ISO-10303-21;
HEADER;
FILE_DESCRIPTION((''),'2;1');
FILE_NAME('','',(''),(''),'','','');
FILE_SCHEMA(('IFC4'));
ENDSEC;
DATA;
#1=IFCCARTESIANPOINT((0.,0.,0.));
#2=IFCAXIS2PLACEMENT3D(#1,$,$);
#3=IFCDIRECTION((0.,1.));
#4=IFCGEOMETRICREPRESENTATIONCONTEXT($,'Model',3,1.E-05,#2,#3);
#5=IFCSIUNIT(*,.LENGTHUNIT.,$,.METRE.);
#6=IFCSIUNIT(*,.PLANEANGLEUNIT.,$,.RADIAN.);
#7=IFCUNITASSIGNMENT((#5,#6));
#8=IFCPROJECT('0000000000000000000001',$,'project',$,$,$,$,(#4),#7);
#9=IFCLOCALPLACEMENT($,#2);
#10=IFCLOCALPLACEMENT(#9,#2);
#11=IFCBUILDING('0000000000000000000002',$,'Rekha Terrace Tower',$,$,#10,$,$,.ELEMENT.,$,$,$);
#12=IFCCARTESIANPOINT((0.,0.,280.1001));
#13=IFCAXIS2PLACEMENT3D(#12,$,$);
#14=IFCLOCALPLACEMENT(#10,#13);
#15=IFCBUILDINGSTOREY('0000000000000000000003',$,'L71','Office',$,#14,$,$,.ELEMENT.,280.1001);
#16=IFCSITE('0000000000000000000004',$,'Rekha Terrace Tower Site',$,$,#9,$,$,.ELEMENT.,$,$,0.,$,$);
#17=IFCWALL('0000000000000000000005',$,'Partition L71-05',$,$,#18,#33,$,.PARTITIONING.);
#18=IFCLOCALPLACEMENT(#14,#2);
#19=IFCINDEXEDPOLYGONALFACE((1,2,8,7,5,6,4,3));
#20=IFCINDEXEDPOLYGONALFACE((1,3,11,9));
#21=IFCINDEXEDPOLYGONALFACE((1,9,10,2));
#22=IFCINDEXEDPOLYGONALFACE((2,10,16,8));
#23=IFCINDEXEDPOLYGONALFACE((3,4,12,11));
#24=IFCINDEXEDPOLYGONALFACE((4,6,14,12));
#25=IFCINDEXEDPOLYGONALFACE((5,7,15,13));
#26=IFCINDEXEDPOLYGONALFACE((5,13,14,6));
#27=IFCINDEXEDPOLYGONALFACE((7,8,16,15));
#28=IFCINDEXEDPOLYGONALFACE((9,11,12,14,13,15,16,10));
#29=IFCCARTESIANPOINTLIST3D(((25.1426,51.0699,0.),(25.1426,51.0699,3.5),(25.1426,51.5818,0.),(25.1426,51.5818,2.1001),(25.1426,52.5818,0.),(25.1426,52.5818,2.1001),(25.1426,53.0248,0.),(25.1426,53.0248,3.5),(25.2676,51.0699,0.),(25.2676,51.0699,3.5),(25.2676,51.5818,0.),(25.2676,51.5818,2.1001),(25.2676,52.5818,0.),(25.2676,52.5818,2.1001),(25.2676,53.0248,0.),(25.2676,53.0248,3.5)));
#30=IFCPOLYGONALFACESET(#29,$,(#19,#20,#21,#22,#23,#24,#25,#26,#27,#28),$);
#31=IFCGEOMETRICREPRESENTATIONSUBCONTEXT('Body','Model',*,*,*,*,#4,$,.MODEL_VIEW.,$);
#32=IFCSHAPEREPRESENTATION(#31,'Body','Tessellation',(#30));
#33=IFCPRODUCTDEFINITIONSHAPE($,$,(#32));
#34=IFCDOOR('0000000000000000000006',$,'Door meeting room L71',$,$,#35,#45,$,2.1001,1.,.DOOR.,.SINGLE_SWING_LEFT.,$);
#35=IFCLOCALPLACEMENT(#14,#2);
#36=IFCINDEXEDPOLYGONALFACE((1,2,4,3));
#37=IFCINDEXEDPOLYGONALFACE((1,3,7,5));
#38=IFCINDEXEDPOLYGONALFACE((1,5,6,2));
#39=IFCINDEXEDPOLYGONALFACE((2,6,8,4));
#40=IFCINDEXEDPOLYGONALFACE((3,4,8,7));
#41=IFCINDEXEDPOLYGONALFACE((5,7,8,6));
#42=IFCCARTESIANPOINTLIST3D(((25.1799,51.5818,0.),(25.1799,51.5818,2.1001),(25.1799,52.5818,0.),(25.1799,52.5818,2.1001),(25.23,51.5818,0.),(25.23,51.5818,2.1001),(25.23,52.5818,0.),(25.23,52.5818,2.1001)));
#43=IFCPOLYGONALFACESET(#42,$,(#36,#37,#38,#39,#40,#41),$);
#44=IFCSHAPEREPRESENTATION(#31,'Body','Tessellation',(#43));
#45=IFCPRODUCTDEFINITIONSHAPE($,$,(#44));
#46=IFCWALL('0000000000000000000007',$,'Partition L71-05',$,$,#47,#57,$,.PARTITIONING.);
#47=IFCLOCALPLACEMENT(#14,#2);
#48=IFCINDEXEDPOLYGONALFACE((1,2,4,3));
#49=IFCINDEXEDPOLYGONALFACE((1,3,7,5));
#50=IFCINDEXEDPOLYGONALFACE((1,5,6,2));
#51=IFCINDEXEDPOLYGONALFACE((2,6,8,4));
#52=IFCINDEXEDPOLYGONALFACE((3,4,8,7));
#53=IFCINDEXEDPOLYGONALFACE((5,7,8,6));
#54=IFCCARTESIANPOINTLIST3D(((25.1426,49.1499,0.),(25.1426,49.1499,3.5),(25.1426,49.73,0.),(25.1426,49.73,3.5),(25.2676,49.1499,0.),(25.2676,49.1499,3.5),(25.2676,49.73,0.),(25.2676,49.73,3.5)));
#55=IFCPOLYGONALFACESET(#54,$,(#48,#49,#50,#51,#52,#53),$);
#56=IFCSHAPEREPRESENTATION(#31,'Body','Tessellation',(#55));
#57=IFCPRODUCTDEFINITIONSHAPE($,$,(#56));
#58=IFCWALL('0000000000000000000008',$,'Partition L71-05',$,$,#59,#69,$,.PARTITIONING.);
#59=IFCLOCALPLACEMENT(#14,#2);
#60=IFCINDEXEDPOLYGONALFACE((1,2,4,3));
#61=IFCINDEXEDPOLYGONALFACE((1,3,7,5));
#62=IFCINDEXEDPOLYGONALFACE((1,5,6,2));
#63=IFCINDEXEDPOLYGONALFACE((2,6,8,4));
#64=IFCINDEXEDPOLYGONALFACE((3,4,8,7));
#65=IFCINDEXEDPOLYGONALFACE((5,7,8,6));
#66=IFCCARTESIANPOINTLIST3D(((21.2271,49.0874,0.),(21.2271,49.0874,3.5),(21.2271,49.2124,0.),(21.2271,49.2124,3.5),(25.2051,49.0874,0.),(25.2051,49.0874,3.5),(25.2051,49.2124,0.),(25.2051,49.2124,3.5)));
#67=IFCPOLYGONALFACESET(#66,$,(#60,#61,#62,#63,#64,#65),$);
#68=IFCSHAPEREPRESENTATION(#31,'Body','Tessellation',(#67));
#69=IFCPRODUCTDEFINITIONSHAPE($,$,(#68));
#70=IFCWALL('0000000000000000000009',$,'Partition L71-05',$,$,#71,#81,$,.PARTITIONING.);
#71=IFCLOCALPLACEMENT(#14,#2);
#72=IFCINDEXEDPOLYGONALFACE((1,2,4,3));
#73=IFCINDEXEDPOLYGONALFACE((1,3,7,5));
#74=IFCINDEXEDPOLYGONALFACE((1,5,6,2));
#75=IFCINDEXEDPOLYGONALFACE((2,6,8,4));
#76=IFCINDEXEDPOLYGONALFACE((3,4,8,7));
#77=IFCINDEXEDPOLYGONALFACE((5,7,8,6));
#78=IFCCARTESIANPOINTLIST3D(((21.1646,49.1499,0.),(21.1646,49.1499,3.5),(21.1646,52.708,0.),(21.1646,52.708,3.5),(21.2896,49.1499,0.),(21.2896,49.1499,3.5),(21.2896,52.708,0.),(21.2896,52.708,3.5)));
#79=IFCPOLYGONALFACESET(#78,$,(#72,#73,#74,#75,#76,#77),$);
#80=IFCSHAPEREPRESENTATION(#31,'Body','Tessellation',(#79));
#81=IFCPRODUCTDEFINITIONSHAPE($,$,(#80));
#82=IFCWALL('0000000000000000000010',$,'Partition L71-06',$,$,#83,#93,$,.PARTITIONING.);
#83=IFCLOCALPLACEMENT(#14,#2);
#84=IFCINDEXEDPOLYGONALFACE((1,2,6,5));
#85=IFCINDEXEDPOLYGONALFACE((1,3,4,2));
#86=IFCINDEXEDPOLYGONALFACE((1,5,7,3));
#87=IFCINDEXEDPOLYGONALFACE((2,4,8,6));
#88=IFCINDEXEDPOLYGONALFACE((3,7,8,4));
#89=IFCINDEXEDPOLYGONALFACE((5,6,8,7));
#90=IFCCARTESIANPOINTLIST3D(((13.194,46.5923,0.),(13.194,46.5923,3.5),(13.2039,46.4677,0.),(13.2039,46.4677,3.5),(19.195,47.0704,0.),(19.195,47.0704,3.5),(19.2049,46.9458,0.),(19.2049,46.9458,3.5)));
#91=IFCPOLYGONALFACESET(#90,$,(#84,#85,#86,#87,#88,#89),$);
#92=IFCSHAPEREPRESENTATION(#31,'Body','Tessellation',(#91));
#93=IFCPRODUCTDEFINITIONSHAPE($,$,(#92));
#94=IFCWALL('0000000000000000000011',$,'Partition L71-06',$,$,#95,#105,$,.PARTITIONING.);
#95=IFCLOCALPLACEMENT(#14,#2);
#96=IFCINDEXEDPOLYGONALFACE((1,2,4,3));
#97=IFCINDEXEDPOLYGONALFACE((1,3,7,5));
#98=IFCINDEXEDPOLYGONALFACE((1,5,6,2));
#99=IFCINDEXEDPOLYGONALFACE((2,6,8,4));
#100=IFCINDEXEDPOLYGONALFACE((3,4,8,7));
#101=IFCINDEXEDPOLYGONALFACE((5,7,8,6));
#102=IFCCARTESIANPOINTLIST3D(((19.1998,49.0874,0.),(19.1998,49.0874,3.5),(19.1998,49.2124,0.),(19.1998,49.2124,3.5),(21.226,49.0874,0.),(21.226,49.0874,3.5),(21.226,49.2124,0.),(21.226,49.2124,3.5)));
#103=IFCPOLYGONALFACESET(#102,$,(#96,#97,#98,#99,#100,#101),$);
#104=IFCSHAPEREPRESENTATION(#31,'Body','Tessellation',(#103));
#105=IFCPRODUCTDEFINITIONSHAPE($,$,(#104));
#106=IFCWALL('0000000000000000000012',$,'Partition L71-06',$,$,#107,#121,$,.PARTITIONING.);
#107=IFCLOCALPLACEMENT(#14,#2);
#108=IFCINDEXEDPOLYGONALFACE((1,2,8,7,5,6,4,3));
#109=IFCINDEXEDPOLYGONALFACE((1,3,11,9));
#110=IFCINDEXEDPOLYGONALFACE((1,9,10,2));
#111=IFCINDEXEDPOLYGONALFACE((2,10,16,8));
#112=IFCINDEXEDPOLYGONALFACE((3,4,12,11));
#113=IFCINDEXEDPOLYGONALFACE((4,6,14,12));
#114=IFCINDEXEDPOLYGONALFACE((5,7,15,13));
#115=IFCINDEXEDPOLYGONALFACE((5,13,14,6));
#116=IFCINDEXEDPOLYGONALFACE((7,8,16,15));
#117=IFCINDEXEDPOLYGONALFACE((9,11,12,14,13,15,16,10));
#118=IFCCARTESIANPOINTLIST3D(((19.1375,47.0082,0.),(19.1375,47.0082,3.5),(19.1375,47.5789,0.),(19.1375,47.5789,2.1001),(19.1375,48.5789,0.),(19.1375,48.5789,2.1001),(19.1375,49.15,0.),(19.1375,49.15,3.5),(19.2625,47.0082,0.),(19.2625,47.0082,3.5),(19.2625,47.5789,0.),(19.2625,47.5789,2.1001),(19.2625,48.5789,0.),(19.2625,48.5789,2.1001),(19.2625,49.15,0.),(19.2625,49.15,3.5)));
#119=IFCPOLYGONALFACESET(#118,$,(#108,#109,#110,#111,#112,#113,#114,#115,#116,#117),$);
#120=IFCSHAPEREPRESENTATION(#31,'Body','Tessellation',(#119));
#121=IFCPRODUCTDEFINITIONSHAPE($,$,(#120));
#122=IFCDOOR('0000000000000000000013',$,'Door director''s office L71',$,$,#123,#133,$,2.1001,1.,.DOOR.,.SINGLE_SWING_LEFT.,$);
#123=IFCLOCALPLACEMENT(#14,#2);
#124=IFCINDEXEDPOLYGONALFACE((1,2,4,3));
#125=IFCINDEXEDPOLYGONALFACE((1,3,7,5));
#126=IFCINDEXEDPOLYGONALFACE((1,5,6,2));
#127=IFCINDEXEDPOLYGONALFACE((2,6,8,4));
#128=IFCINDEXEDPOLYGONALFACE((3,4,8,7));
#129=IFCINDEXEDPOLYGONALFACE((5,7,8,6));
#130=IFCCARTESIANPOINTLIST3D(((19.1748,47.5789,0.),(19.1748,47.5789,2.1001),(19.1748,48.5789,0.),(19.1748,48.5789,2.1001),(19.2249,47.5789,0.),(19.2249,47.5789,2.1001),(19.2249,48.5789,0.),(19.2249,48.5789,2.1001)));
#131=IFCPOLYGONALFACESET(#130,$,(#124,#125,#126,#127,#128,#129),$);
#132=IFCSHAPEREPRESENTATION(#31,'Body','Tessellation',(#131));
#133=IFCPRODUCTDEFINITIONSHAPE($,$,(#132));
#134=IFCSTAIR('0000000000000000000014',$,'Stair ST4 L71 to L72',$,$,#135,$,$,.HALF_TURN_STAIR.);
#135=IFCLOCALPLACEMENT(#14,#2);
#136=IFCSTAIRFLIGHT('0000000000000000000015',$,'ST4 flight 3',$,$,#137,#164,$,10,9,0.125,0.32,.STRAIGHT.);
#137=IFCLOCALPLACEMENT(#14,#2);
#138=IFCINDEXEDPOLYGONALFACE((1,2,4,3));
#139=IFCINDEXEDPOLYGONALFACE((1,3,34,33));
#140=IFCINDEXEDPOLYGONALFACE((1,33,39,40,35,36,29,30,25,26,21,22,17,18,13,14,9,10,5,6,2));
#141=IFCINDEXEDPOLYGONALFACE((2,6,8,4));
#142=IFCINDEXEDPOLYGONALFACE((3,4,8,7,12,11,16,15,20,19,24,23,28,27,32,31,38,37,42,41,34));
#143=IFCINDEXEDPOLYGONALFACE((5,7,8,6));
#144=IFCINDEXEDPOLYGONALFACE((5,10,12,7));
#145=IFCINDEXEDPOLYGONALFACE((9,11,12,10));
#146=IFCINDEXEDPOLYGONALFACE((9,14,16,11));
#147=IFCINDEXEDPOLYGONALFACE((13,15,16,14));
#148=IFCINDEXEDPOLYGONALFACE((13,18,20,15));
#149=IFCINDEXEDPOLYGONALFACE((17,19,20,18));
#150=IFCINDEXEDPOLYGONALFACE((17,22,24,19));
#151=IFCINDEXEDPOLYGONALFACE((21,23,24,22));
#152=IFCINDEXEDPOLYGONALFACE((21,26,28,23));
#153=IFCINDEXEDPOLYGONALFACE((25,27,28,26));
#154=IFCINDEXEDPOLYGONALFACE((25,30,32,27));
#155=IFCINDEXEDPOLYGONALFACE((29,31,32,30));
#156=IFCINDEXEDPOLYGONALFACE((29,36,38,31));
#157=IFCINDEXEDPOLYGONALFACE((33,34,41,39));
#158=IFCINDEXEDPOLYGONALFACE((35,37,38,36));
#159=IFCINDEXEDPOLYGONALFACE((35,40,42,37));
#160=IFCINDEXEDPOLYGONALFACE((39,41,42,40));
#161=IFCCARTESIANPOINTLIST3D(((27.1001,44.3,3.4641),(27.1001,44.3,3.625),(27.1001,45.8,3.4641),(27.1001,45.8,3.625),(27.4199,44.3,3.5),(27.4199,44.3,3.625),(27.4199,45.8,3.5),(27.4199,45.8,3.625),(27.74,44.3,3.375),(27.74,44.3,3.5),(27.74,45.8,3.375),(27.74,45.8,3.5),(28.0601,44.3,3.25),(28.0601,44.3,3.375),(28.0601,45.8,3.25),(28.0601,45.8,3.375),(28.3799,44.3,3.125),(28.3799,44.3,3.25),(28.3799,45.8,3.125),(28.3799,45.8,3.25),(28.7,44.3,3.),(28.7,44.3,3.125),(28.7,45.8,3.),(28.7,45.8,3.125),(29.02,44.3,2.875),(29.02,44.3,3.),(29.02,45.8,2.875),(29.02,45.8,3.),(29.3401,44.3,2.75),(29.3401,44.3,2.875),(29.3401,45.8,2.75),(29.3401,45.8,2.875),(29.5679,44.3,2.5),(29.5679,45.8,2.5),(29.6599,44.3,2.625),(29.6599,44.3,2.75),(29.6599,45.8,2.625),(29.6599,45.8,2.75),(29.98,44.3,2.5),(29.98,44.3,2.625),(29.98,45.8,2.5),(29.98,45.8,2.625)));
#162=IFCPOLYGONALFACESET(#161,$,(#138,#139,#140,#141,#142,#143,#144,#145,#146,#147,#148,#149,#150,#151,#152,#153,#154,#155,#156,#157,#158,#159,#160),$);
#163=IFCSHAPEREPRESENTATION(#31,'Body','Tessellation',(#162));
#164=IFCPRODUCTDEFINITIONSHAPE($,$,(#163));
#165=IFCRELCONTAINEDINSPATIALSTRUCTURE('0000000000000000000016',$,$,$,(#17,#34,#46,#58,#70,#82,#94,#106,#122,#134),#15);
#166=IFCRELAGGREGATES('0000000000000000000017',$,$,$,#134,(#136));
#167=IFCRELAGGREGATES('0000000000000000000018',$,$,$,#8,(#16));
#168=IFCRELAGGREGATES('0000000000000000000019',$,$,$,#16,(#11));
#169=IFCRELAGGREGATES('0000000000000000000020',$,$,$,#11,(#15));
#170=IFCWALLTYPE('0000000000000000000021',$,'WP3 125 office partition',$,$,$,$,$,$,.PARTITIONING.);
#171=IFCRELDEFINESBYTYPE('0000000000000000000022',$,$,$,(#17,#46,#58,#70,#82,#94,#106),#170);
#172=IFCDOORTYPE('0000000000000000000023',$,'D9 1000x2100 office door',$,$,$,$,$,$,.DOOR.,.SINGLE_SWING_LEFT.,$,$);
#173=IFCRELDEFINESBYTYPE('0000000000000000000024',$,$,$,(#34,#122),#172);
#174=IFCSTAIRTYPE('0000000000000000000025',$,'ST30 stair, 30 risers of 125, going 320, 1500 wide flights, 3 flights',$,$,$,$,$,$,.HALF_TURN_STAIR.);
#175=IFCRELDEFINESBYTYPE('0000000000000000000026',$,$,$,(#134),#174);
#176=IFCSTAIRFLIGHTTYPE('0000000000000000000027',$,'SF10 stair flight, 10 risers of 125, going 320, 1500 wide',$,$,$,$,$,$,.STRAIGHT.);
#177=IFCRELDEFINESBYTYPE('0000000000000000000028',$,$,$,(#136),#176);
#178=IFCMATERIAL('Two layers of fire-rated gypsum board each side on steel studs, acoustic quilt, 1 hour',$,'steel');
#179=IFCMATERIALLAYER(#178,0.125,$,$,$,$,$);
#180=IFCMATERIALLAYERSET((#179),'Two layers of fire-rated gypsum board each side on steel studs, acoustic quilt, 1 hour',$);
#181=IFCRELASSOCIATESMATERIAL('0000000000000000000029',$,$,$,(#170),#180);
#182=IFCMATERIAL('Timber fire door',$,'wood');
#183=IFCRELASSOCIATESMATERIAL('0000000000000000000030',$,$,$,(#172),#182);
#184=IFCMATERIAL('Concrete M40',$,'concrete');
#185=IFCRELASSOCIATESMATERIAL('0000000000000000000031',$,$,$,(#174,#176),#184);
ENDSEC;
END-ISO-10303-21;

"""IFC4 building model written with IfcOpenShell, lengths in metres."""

from ifc_helpers import new_model, si_unit, direction, frame, frame_2d, origin, place, context, subcontext, project, spatial, polyline, rectangle, outline, extrude, material, layer, layer_set, type_object, element, fill, aggregate, save


model = new_model("IFC4")

# Units and contexts
model_context = context("Model", 3, precision=1e-05, world=origin(), true_north=direction((0.0, 1.0)))
body_context = subcontext(model_context, "Body", "Model", "MODEL_VIEW")
ifc_project = project(units=[si_unit("LENGTHUNIT", "METRE"), si_unit("PLANEANGLEUNIT", "RADIAN")], contexts=[model_context])

# Site, building, storey
site_placement = place(None, origin())
site = spatial("IfcSite", under=ifc_project, at=site_placement, Name="Rekha Terrace Tower Site", CompositionType="ELEMENT", RefElevation=0.0)
building_placement = place(site_placement, origin())
building = spatial("IfcBuilding", under=site, at=building_placement, Name="Rekha Terrace Tower", CompositionType="ELEMENT")
storey_placement = place(building_placement, frame((0.0, 0.0, 280.1001)))
storey = spatial("IfcBuildingStorey", under=building, at=storey_placement, Name="L71", Description="Office", CompositionType="ELEMENT", Elevation=280.1001)

# Wall, opening, door
ifc_material_1 = material(Name="Two layers of fire-rated gypsum board each side on steel studs, acoustic quilt, 1 hour", Category="steel")
ifc_layer_1 = layer(ifc_material_1, 0.125)
ifc_layer_set_1 = layer_set([ifc_layer_1], Name="Two layers of fire-rated gypsum board each side on steel studs, acoustic quilt, 1 hour")
wall_type_1 = type_object("IfcWallType", Name="WP3 125 office partition", PredefinedType="PARTITIONING", material=ifc_layer_set_1)
wall_1_placement = place(storey_placement, frame((25.2051, 53.0249, 0.0), z_axis=(0.0, 0.0, 1.0), x_axis=(0.0, -1.0, 0.0)))
wall_1 = element("IfcWall", 1, at=wall_1_placement, inside=storey, type_object=wall_type_1, Name="Partition L71-05", PredefinedType="PARTITIONING", context=body_context, shape_type="SweptSolid", body=[
    extrude(rectangle(XDim=1.9548, YDim=0.125, at=frame_2d((0.9775, 0.0))), origin(), (0.0, 0.0, 1.0), 3.5),
])
opening_1_placement = place(wall_1_placement, frame((0.4431, 0.0, 0.0)))
opening_1 = element("IfcOpeningElement", 2, at=opening_1_placement, cuts=wall_1, PredefinedType="OPENING", context=body_context, shape_type="SweptSolid", body=[
    extrude(rectangle(XDim=1.0, YDim=2.1001, at=frame_2d((0.5, 1.05))), frame((0.0, 0.0725, 0.0), z_axis=(0.0, -1.0, 0.0), x_axis=(1.0, 0.0, 0.0)), (0.0, 0.0, 1.0), 0.145),
])
ifc_material_2 = material(Name="Timber fire door", Category="wood")
door_type = type_object("IfcDoorType", Name="D9 1000x2100 office door", OperationType="SINGLE_SWING_LEFT", PredefinedType="DOOR", material=ifc_material_2)
door_1_placement = place(opening_1_placement, origin())
door_1 = element("IfcDoor", 3, at=door_1_placement, inside=storey, type_object=door_type, Name="Door meeting room L71", OperationType="SINGLE_SWING_LEFT", OverallHeight=2.1001, OverallWidth=1.0, PredefinedType="DOOR", context=body_context, shape_type="SweptSolid", body=[
    extrude(rectangle(XDim=1.0, YDim=2.1001, at=frame_2d((0.5, 1.05))), frame((0.0, 0.0249, 0.0), z_axis=(0.0, -1.0, 0.0), x_axis=(1.0, 0.0, 0.0)), (0.0, 0.0, 1.0), 0.05),
])
fill(opening_1, door_1)

# Walls
wall_2_placement = place(storey_placement, frame((25.2051, 49.73, 0.0), z_axis=(0.0, 0.0, 1.0), x_axis=(0.0, -1.0, 0.0)))
element("IfcWall", 4, at=wall_2_placement, inside=storey, type_object=wall_type_1, Name="Partition L71-05", PredefinedType="PARTITIONING", context=body_context, shape_type="SweptSolid", body=[
    extrude(rectangle(XDim=0.5801, YDim=0.125, at=frame_2d((0.29, 0.0))), origin(), (0.0, 0.0, 1.0), 3.5),
])
wall_3_placement = place(storey_placement, frame((25.2051, 49.1499, 0.0), z_axis=(0.0, 0.0, 1.0), x_axis=(-1.0, 0.0, 0.0)))
element("IfcWall", 5, at=wall_3_placement, inside=storey, type_object=wall_type_1, Name="Partition L71-05", PredefinedType="PARTITIONING", context=body_context, shape_type="SweptSolid", body=[
    extrude(rectangle(XDim=3.978, YDim=0.125, at=frame_2d((1.989, 0.0))), origin(), (0.0, 0.0, 1.0), 3.5),
])
wall_4_placement = place(storey_placement, frame((21.2271, 49.1499, 0.0), z_axis=(0.0, 0.0, 1.0), x_axis=(0.0, 1.0, 0.0)))
element("IfcWall", 6, at=wall_4_placement, inside=storey, type_object=wall_type_1, Name="Partition L71-05", PredefinedType="PARTITIONING", context=body_context, shape_type="SweptSolid", body=[
    extrude(rectangle(XDim=3.5581, YDim=0.125, at=frame_2d((1.7791, 0.0))), origin(), (0.0, 0.0, 1.0), 3.5),
])
wall_5_placement = place(storey_placement, frame((19.2, 47.0081, 0.0), z_axis=(0.0, 0.0, 1.0), x_axis=(-0.996842, -0.079407, 0.0)))
element("IfcWall", 7, at=wall_5_placement, inside=storey, type_object=wall_type_1, Name="Partition L71-06", PredefinedType="PARTITIONING", context=body_context, shape_type="SweptSolid", body=[
    extrude(rectangle(XDim=6.02, YDim=0.125, at=frame_2d((3.01, 0.0))), origin(), (0.0, 0.0, 1.0), 3.5),
])
wall_6_placement = place(storey_placement, frame((21.2261, 49.1499, 0.0), z_axis=(0.0, 0.0, 1.0), x_axis=(-1.0, 0.0, 0.0)))
element("IfcWall", 8, at=wall_6_placement, inside=storey, type_object=wall_type_1, Name="Partition L71-06", PredefinedType="PARTITIONING", context=body_context, shape_type="SweptSolid", body=[
    extrude(rectangle(XDim=2.0261, YDim=0.125, at=frame_2d((1.0132, 0.0))), origin(), (0.0, 0.0, 1.0), 3.5),
])

# Wall, opening, door
wall_7_placement = place(storey_placement, frame((19.2, 49.1499, 0.0), z_axis=(0.0, 0.0, 1.0), x_axis=(0.0, -1.0, 0.0)))
wall_7 = element("IfcWall", 9, at=wall_7_placement, inside=storey, type_object=wall_type_1, Name="Partition L71-06", PredefinedType="PARTITIONING", context=body_context, shape_type="SweptSolid", body=[
    extrude(rectangle(XDim=2.1418, YDim=0.125, at=frame_2d((1.0708, 0.0))), origin(), (0.0, 0.0, 1.0), 3.5),
])
opening_2_placement = place(wall_7_placement, frame((0.571, 0.0, 0.0)))
opening_2 = element("IfcOpeningElement", 10, at=opening_2_placement, cuts=wall_7, PredefinedType="OPENING", context=body_context, shape_type="SweptSolid", body=[
    extrude(rectangle(XDim=1.0, YDim=2.1001, at=frame_2d((0.5, 1.05))), frame((0.0, 0.0725, 0.0), z_axis=(0.0, -1.0, 0.0), x_axis=(1.0, 0.0, 0.0)), (0.0, 0.0, 1.0), 0.145),
])
door_2_placement = place(opening_2_placement, origin())
door_2 = element("IfcDoor", 11, at=door_2_placement, inside=storey, type_object=door_type, Name="Door director's office L71", OperationType="SINGLE_SWING_LEFT", OverallHeight=2.1001, OverallWidth=1.0, PredefinedType="DOOR", context=body_context, shape_type="SweptSolid", body=[
    extrude(rectangle(XDim=1.0, YDim=2.1001, at=frame_2d((0.5, 1.05))), frame((0.0, 0.0249, 0.0), z_axis=(0.0, -1.0, 0.0), x_axis=(1.0, 0.0, 0.0)), (0.0, 0.0, 1.0), 0.05),
])
fill(opening_2, door_2)

# Stair, stair flight
ifc_material_3 = material(Name="Concrete M40", Category="concrete")
stair_type = type_object("IfcStairType", Name="ST30 stair, 30 risers of 125, going 320, 1500 wide flights, 3 flights", PredefinedType="HALF_TURN_STAIR", material=ifc_material_3)
stair_placement = place(storey_placement, origin())
stair = element("IfcStair", 12, at=stair_placement, inside=storey, type_object=stair_type, Name="Stair ST4 L71 to L72", PredefinedType="HALF_TURN_STAIR")
stair_flight_type = type_object("IfcStairFlightType", Name="SF10 stair flight, 10 risers of 125, going 320, 1500 wide", PredefinedType="STRAIGHT", material=ifc_material_3)
stair_flight_placement = place(storey_placement, frame((29.98, 45.05, 2.5), z_axis=(0.0, 0.0, 1.0), x_axis=(-1.0, 0.0, 0.0)))
stair_flight = element("IfcStairFlight", 13, at=stair_flight_placement, type_object=stair_flight_type, Name="ST4 flight 3", NumberOfRisers=10, NumberOfTreads=9, PredefinedType="STRAIGHT", RiserHeight=0.125, TreadLength=0.32, context=body_context, shape_type="SweptSolid", body=[
    extrude(outline(polyline([(0.0, 0.0), (0.0, 0.125), (0.3201, 0.125), (0.3201, 0.25), (0.6399, 0.25), (0.6399, 0.375), (0.96, 0.375), (0.96, 0.5), (1.28, 0.5), (1.28, 0.625), (1.6001, 0.625), (1.6001, 0.75), (1.9199, 0.75), (1.9199, 0.875), (2.24, 0.875), (2.24, 1.0), (2.5601, 1.0), (2.5601, 1.125), (2.8799, 1.125), (2.8799, 1.25), (2.8799, 0.9641), (0.4121, 0.0), (0.0, 0.0)])), frame((0.0, 0.75, 0.0), z_axis=(0.0, -1.0, 0.0), x_axis=(1.0, 0.0, 0.0)), (0.0, 0.0, 1.0), 1.5),
])
aggregate(stair, [stair_flight])

save(model, "model.ifc")
